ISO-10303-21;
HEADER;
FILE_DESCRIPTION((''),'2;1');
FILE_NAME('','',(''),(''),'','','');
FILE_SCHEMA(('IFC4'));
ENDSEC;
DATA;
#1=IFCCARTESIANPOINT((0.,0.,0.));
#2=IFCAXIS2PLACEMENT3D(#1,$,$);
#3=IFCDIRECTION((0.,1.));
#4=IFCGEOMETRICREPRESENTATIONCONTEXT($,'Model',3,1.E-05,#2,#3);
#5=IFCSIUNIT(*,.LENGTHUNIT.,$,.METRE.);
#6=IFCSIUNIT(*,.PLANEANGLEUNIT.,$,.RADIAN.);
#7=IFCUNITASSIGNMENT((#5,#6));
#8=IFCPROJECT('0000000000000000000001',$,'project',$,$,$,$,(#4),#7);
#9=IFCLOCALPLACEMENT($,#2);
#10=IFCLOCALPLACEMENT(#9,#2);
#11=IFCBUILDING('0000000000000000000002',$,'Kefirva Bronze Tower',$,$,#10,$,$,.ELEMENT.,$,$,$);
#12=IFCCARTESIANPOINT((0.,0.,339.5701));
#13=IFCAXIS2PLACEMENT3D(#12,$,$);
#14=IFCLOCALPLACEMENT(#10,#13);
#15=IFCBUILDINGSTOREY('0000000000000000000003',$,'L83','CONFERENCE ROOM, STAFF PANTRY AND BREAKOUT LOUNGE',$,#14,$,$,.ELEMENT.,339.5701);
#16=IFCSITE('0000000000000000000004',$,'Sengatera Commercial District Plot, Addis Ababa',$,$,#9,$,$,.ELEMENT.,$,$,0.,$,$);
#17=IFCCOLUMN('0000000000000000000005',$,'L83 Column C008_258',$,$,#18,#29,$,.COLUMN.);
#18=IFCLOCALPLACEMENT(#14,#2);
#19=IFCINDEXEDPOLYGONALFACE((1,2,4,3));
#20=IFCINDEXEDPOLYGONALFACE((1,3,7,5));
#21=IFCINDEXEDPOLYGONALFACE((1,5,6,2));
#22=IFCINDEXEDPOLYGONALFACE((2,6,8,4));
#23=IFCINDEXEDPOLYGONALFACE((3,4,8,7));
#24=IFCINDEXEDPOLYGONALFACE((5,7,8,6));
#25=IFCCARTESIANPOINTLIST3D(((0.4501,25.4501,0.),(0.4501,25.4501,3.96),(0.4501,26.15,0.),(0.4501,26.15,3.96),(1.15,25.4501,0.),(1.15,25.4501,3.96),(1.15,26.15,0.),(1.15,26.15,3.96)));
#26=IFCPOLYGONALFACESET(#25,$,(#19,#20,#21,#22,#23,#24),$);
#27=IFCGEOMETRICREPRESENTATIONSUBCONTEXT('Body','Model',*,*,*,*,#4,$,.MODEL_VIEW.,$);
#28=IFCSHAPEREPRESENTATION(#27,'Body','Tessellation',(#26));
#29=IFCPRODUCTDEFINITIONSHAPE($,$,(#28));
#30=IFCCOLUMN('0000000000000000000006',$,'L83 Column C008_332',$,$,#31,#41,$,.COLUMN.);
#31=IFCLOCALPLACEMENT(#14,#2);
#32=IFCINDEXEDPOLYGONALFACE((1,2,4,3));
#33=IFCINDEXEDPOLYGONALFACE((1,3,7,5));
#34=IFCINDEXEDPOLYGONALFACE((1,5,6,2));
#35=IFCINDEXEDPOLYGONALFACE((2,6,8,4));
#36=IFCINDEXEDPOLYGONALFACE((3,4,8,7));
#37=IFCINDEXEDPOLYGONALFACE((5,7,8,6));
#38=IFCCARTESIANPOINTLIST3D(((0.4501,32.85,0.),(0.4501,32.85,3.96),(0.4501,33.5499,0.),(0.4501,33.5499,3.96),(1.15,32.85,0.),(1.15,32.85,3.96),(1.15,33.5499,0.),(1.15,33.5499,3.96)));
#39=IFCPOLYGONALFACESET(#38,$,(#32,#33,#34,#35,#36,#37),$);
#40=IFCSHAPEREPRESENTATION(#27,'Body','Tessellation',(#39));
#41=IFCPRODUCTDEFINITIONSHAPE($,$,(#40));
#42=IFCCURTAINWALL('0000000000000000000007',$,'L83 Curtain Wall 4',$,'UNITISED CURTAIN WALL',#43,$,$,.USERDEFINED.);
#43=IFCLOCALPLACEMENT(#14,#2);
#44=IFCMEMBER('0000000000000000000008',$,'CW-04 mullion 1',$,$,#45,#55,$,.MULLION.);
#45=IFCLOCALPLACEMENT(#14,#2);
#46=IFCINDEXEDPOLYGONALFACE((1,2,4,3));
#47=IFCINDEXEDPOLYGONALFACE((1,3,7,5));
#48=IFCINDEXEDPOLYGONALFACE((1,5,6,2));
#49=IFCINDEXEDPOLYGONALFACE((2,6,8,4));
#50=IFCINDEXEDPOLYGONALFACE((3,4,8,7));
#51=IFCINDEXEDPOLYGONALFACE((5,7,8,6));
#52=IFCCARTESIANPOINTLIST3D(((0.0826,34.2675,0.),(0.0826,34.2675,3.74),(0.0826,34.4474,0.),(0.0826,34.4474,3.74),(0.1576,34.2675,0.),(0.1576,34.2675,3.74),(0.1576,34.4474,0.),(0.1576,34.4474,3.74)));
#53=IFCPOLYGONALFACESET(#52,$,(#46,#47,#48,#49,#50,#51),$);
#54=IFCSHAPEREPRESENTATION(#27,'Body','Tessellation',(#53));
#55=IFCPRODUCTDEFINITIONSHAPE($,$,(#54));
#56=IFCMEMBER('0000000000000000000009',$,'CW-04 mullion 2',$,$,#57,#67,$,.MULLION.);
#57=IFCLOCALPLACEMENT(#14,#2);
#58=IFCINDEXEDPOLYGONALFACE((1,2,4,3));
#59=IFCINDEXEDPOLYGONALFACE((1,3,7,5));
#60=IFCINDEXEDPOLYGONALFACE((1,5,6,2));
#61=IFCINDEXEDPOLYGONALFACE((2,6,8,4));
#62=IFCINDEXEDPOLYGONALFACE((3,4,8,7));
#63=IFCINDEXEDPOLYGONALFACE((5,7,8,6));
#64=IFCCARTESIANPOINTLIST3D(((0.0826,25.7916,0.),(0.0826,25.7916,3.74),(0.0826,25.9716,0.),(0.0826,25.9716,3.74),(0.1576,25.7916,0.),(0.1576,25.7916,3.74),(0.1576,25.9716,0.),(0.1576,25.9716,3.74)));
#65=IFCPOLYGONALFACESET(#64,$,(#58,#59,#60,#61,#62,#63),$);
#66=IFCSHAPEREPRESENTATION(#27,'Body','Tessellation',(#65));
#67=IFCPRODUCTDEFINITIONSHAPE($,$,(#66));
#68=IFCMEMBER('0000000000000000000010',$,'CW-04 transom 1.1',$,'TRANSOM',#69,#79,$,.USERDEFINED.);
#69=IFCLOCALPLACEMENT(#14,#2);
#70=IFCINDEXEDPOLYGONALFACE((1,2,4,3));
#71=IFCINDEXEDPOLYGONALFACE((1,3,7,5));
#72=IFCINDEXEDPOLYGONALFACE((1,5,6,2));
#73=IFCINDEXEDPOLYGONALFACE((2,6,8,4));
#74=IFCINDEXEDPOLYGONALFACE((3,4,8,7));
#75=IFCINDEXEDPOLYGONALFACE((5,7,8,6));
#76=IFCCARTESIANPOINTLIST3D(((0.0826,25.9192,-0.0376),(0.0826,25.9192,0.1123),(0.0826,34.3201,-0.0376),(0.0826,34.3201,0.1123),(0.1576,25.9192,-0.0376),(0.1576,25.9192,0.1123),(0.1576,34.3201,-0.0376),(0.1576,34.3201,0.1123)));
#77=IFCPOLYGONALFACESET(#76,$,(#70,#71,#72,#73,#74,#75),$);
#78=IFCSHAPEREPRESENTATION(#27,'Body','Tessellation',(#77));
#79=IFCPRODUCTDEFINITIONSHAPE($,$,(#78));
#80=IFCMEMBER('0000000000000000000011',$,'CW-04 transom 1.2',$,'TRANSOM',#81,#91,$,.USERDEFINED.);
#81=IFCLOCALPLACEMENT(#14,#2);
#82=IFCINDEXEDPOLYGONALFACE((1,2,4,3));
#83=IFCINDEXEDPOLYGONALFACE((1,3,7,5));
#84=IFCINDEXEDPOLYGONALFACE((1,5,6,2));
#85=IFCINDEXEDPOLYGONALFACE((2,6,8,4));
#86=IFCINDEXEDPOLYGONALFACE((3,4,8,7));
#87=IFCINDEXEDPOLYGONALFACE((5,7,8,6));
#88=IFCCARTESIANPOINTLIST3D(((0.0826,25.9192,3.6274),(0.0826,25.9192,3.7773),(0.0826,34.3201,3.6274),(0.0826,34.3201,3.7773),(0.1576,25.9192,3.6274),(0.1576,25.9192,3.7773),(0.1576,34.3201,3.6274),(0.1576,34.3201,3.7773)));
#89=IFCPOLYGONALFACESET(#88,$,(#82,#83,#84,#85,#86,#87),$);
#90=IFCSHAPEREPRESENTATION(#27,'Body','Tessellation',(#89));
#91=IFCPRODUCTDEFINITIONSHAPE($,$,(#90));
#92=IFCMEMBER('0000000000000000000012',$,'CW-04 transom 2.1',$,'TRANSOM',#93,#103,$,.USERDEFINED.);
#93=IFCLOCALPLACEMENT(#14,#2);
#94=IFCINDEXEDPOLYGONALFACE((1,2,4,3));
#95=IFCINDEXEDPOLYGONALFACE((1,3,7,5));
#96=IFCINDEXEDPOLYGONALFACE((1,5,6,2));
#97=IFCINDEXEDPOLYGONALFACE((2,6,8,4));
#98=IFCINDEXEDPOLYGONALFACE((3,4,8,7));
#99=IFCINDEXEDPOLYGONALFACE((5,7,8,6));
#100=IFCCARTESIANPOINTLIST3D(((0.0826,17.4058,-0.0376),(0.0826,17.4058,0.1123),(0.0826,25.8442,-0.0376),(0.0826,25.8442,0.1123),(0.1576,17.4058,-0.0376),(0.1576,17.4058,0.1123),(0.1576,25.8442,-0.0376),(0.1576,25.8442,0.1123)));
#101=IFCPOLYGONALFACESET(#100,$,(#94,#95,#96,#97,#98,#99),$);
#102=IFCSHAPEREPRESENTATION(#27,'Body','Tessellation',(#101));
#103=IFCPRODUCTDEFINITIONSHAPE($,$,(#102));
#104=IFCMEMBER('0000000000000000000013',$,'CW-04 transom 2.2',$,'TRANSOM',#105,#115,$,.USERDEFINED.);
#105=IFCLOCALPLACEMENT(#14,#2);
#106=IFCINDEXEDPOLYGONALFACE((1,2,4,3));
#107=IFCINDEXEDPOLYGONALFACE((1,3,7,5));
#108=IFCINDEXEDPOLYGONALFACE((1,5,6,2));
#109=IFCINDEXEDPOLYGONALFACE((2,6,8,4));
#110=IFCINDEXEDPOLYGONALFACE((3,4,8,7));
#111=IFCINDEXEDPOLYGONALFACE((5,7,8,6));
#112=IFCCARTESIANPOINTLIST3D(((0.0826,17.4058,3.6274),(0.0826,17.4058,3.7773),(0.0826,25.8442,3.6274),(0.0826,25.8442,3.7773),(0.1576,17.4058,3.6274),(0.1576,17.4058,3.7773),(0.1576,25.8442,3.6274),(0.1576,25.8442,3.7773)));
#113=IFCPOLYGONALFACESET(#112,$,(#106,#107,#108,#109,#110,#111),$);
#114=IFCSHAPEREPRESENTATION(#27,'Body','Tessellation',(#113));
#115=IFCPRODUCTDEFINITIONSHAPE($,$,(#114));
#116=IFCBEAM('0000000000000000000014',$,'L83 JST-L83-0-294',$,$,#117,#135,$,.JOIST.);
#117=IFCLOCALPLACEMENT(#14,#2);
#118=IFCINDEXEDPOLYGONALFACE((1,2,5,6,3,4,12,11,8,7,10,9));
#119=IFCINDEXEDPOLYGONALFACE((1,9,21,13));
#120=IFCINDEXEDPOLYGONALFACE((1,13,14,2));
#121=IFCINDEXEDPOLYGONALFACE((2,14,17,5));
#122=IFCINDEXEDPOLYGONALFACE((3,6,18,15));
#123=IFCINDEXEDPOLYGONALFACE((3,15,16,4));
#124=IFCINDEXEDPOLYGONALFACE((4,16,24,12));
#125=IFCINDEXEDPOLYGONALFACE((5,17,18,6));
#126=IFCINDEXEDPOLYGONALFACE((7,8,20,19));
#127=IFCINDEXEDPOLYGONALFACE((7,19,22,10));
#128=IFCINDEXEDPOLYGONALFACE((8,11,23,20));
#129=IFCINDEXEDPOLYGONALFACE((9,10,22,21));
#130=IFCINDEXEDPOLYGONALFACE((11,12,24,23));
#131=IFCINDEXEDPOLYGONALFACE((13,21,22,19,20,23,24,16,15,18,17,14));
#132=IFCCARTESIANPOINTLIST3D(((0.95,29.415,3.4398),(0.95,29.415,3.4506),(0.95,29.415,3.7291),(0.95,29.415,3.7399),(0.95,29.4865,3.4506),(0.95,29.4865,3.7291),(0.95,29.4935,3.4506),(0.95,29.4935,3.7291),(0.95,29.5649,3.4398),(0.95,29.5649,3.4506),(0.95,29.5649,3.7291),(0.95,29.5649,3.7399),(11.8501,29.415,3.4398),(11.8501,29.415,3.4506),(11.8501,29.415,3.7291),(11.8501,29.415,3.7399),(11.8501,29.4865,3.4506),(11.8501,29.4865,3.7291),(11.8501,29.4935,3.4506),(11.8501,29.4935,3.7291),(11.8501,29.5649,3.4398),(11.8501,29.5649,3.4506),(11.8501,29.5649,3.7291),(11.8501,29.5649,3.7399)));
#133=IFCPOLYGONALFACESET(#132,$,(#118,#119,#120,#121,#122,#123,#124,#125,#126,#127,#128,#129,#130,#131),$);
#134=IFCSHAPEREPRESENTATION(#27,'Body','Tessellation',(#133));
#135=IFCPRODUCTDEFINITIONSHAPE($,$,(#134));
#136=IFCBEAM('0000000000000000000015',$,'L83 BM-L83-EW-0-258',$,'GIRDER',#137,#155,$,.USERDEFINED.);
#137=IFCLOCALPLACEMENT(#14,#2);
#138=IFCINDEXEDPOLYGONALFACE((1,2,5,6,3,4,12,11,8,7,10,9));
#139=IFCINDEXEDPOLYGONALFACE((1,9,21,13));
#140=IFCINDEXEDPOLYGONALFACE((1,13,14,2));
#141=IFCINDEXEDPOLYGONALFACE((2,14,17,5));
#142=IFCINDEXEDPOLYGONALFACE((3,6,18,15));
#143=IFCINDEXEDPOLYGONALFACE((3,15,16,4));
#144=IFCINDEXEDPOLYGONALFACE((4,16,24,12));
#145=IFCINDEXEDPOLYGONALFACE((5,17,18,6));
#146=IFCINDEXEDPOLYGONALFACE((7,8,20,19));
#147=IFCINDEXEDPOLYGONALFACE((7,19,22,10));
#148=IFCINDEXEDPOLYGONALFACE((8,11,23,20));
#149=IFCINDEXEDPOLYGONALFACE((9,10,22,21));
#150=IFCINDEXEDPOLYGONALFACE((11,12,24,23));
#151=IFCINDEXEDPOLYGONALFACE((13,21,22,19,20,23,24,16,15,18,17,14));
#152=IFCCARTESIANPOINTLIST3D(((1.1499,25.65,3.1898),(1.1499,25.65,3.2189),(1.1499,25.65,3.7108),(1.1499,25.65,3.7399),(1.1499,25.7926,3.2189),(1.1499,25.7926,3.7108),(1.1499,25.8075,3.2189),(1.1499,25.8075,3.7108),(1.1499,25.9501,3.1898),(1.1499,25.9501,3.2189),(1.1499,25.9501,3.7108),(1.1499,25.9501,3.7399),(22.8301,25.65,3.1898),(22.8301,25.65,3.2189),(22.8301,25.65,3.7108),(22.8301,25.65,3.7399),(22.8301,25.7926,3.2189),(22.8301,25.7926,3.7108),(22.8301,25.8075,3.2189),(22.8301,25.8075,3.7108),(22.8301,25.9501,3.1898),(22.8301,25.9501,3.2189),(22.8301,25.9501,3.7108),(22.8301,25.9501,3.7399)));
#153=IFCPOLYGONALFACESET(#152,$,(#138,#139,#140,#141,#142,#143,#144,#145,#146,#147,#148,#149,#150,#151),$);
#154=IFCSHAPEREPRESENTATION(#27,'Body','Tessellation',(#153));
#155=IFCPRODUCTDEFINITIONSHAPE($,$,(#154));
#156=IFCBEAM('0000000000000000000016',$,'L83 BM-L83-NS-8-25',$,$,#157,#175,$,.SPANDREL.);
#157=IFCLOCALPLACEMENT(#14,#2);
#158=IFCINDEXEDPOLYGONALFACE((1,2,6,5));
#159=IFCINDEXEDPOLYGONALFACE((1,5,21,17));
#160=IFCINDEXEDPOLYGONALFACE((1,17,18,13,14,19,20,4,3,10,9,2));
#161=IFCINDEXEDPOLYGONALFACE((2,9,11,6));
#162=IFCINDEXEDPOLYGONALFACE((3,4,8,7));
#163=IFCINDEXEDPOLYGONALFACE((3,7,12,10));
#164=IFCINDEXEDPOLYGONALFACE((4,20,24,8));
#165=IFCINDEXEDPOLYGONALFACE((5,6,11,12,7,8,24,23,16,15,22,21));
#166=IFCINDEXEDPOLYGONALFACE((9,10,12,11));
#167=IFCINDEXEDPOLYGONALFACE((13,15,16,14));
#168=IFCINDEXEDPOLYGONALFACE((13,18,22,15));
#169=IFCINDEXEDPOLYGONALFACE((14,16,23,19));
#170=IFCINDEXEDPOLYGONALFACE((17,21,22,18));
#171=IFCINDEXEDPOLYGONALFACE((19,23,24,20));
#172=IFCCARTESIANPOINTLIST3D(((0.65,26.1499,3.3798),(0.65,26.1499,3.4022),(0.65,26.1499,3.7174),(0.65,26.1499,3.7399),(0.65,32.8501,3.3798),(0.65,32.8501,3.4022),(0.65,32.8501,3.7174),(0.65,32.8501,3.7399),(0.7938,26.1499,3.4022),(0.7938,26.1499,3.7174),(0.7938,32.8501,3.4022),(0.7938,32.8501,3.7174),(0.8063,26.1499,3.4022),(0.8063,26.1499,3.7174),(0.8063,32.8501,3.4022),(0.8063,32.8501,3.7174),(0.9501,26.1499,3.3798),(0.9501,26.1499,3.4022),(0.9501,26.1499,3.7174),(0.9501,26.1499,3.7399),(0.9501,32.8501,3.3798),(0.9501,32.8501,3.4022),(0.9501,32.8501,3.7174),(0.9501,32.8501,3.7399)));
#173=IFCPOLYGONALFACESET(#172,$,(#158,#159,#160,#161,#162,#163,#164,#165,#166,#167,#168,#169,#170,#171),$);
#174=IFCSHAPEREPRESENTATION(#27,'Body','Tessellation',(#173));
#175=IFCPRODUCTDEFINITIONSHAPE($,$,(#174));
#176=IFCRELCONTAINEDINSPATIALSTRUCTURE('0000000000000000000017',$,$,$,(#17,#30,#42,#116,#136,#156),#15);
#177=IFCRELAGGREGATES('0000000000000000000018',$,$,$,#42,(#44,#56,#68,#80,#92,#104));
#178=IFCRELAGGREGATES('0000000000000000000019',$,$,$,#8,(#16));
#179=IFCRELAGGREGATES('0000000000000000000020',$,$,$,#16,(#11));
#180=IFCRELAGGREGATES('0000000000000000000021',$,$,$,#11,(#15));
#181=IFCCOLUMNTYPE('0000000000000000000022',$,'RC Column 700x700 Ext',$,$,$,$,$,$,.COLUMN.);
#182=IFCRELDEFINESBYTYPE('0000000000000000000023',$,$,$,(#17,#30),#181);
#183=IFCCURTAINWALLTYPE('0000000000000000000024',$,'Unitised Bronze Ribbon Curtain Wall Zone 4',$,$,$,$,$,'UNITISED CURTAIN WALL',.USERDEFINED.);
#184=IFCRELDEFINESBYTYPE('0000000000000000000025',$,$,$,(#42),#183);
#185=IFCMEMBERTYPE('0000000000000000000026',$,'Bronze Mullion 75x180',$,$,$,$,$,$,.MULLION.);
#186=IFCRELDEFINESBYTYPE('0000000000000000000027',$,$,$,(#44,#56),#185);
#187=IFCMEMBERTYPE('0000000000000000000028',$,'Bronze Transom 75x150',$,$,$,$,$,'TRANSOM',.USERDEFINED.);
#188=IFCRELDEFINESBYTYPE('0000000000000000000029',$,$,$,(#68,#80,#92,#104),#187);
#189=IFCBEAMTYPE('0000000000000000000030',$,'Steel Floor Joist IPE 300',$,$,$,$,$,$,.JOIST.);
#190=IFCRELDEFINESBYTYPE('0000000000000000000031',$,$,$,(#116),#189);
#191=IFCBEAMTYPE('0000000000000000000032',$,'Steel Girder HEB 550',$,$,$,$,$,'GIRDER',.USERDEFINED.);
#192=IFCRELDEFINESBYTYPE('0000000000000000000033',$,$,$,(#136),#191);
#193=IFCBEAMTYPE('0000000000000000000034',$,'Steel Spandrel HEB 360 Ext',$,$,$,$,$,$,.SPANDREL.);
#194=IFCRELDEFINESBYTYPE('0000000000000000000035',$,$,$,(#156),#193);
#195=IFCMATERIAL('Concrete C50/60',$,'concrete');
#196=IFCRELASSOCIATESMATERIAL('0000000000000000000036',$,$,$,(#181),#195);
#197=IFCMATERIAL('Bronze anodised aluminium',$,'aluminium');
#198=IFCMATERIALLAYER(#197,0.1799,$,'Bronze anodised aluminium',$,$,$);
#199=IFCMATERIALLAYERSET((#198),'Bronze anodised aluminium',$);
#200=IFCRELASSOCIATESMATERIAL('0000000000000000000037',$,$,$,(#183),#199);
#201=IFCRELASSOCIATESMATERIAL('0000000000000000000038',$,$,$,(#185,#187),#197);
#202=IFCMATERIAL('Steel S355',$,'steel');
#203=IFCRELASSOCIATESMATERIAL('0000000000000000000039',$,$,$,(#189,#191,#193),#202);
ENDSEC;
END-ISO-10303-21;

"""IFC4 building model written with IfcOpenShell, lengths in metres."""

from ifc_helpers import new_model, si_unit, direction, frame, origin, origin_2d, place, context, subcontext, project, spatial, rectangle, i_section, extrude, material, layer, layer_set, material_profile, profile_set, type_object, element, aggregate, save


model = new_model("IFC4")

# Units and contexts
model_context = context("Model", 3, precision=1e-05, world=origin(), true_north=direction((0.0, 1.0)))
body_context = subcontext(model_context, "Body", "Model", "MODEL_VIEW")
ifc_project = project(units=[si_unit("LENGTHUNIT", "METRE"), si_unit("PLANEANGLEUNIT", "RADIAN")], contexts=[model_context])

# Site, building, storey
site_placement = place(None, origin())
site = spatial("IfcSite", under=ifc_project, at=site_placement, Name="Sengatera Commercial District Plot, Addis Ababa", CompositionType="ELEMENT", RefElevation=0.0)
building_placement = place(site_placement, origin())
building = spatial("IfcBuilding", under=site, at=building_placement, Name="Kefirva Bronze Tower", CompositionType="ELEMENT")
storey_placement = place(building_placement, frame((0.0, 0.0, 339.5701)))
storey = spatial("IfcBuildingStorey", under=building, at=storey_placement, Name="L83", Description="CONFERENCE ROOM, STAFF PANTRY AND BREAKOUT LOUNGE", CompositionType="ELEMENT", Elevation=339.5701)

# Columns
ifc_material_1 = material(Name="Concrete C50/60", Category="concrete")
ifc_material_profile_1 = material_profile(ifc_material_1, rectangle(XDim=0.7, YDim=0.7, at=origin_2d()), Name="RC 700x700")
ifc_profile_set_1 = profile_set([ifc_material_profile_1], Name="Concrete C50/60")
column_type = type_object("IfcColumnType", Name="RC Column 700x700 Ext", PredefinedType="COLUMN", material=ifc_profile_set_1)
for number, where, z_axis, x_axis, name in (
    (1, (0.8, 25.8, 0.0), (0.0, 0.0, 1.0), (1.0, 0.0, 0.0), "L83 Column C008_258"),
    (2, (0.8, 33.2, 0.0), (0.0, 0.0, 1.0), (1.0, 0.0, 0.0), "L83 Column C008_332"),
):
    element("IfcColumn", number, at=place(storey_placement, frame(where, z_axis=z_axis, x_axis=x_axis)), inside=storey, type_object=column_type, Name=name, PredefinedType="COLUMN", context=body_context, shape_type="SweptSolid", body=[
        extrude(rectangle(XDim=0.7, YDim=0.7, at=origin_2d()), origin(), (0.0, 0.0, 1.0), 3.96),
    ])

# Curtain wall, members
ifc_material_2 = material(Name="Bronze anodised aluminium", Category="aluminium")
ifc_layer_1 = layer(ifc_material_2, 0.1799, Name="Bronze anodised aluminium")
ifc_layer_set_1 = layer_set([ifc_layer_1], Name="Bronze anodised aluminium")
curtain_wall_type = type_object("IfcCurtainWallType", Name="Unitised Bronze Ribbon Curtain Wall Zone 4", ElementType="UNITISED CURTAIN WALL", PredefinedType="USERDEFINED", material=ifc_layer_set_1)
curtain_wall_placement = place(storey_placement, origin())
curtain_wall = element("IfcCurtainWall", 3, at=curtain_wall_placement, inside=storey, type_object=curtain_wall_type, Name="L83 Curtain Wall 4", ObjectType="UNITISED CURTAIN WALL", PredefinedType="USERDEFINED")
ifc_material_profile_2 = material_profile(ifc_material_2, rectangle(XDim=0.075, YDim=0.1799, at=origin_2d()), Name="ALU 75x180")
ifc_profile_set_2 = profile_set([ifc_material_profile_2], Name="Bronze anodised aluminium")
member_type_1 = type_object("IfcMemberType", Name="Bronze Mullion 75x180", PredefinedType="MULLION", material=ifc_profile_set_2)
member_1_placement = place(storey_placement, frame((0.1201, 34.3574, 0.0), z_axis=(0.0, 0.0, 1.0), x_axis=(1.0, 0.0, 0.0)))
member_1 = element("IfcMember", 4, at=member_1_placement, type_object=member_type_1, Name="CW-04 mullion 1", PredefinedType="MULLION", context=body_context, shape_type="SweptSolid", body=[
    extrude(rectangle(XDim=0.075, YDim=0.1799, at=origin_2d()), origin(), (0.0, 0.0, 1.0), 3.74),
])
member_2_placement = place(storey_placement, frame((0.1201, 25.8816, 0.0), z_axis=(0.0, 0.0, 1.0), x_axis=(1.0, 0.0, 0.0)))
member_2 = element("IfcMember", 5, at=member_2_placement, type_object=member_type_1, Name="CW-04 mullion 2", PredefinedType="MULLION", context=body_context, shape_type="SweptSolid", body=[
    extrude(rectangle(XDim=0.075, YDim=0.1799, at=origin_2d()), origin(), (0.0, 0.0, 1.0), 3.74),
])
ifc_material_profile_3 = material_profile(ifc_material_2, rectangle(XDim=0.075, YDim=0.1499, at=origin_2d()), Name="ALU 75x150")
ifc_profile_set_3 = profile_set([ifc_material_profile_3], Name="Bronze anodised aluminium")
member_type_2 = type_object("IfcMemberType", Name="Bronze Transom 75x150", ElementType="TRANSOM", PredefinedType="USERDEFINED", material=ifc_profile_set_3)
member_3_placement = place(storey_placement, frame((0.1201, 34.3201, 0.0374), z_axis=(0.0, -1.0, 0.0), x_axis=(1.0, 0.0, 0.0)))
member_3 = element("IfcMember", 6, at=member_3_placement, type_object=member_type_2, Name="CW-04 transom 1.1", ObjectType="TRANSOM", PredefinedType="USERDEFINED", context=body_context, shape_type="SweptSolid", body=[
    extrude(rectangle(XDim=0.075, YDim=0.1499, at=origin_2d()), origin(), (0.0, 0.0, 1.0), 8.4009),
])
member_4_placement = place(storey_placement, frame((0.1201, 34.3201, 3.7024), z_axis=(0.0, -1.0, 0.0), x_axis=(1.0, 0.0, 0.0)))
member_4 = element("IfcMember", 7, at=member_4_placement, type_object=member_type_2, Name="CW-04 transom 1.2", ObjectType="TRANSOM", PredefinedType="USERDEFINED", context=body_context, shape_type="SweptSolid", body=[
    extrude(rectangle(XDim=0.075, YDim=0.1499, at=origin_2d()), origin(), (0.0, 0.0, 1.0), 8.4009),
])
member_5_placement = place(storey_placement, frame((0.1201, 25.8442, 0.0374), z_axis=(0.0, -1.0, 0.0), x_axis=(1.0, 0.0, 0.0)))
member_5 = element("IfcMember", 8, at=member_5_placement, type_object=member_type_2, Name="CW-04 transom 2.1", ObjectType="TRANSOM", PredefinedType="USERDEFINED", context=body_context, shape_type="SweptSolid", body=[
    extrude(rectangle(XDim=0.075, YDim=0.1499, at=origin_2d()), origin(), (0.0, 0.0, 1.0), 8.4385),
])
member_6_placement = place(storey_placement, frame((0.1201, 25.8442, 3.7024), z_axis=(0.0, -1.0, 0.0), x_axis=(1.0, 0.0, 0.0)))
member_6 = element("IfcMember", 9, at=member_6_placement, type_object=member_type_2, Name="CW-04 transom 2.2", ObjectType="TRANSOM", PredefinedType="USERDEFINED", context=body_context, shape_type="SweptSolid", body=[
    extrude(rectangle(XDim=0.075, YDim=0.1499, at=origin_2d()), origin(), (0.0, 0.0, 1.0), 8.4385),
])

# Beams
ifc_material_3 = material(Name="Steel S355", Category="steel")
ifc_material_profile_4 = material_profile(ifc_material_3, i_section(OverallWidth=0.1499, OverallDepth=0.3, WebThickness=0.0071, FlangeThickness=0.0107, at=origin_2d()), Name="IPE 300")
ifc_profile_set_4 = profile_set([ifc_material_profile_4], Name="Steel S355")
beam_type_1 = type_object("IfcBeamType", Name="Steel Floor Joist IPE 300", PredefinedType="JOIST", material=ifc_profile_set_4)
beam_1_placement = place(storey_placement, frame((0.95, 29.49, 3.5898), z_axis=(1.0, 0.0, 0.0), x_axis=(0.0, 1.0, 0.0)))
element("IfcBeam", 10, at=beam_1_placement, inside=storey, type_object=beam_type_1, Name="L83 JST-L83-0-294", PredefinedType="JOIST", context=body_context, shape_type="SweptSolid", body=[
    extrude(i_section(OverallWidth=0.1499, OverallDepth=0.3, WebThickness=0.0071, FlangeThickness=0.0107, at=origin_2d()), origin(), (0.0, 0.0, 1.0), 10.9001),
])
ifc_material_profile_5 = material_profile(ifc_material_3, i_section(OverallWidth=0.3, OverallDepth=0.55, WebThickness=0.0149, FlangeThickness=0.0291, at=origin_2d()), Name="HEB 550")
ifc_profile_set_5 = profile_set([ifc_material_profile_5], Name="Steel S355")
beam_type_2 = type_object("IfcBeamType", Name="Steel Girder HEB 550", ElementType="GIRDER", PredefinedType="USERDEFINED", material=ifc_profile_set_5)
beam_2_placement = place(storey_placement, frame((1.1499, 25.8, 3.4648), z_axis=(1.0, 0.0, 0.0), x_axis=(0.0, 1.0, 0.0)))
element("IfcBeam", 11, at=beam_2_placement, inside=storey, type_object=beam_type_2, Name="L83 BM-L83-EW-0-258", ObjectType="GIRDER", PredefinedType="USERDEFINED", context=body_context, shape_type="SweptSolid", body=[
    extrude(i_section(OverallWidth=0.3, OverallDepth=0.55, WebThickness=0.0149, FlangeThickness=0.0291, at=origin_2d()), origin(), (0.0, 0.0, 1.0), 21.6802),
])
ifc_material_profile_6 = material_profile(ifc_material_3, i_section(OverallWidth=0.3, OverallDepth=0.3601, WebThickness=0.0125, FlangeThickness=0.0225, at=origin_2d()), Name="HEB 360")
ifc_profile_set_6 = profile_set([ifc_material_profile_6], Name="Steel S355")
beam_type_3 = type_object("IfcBeamType", Name="Steel Spandrel HEB 360 Ext", PredefinedType="SPANDREL", material=ifc_profile_set_6)
beam_3_placement = place(storey_placement, frame((0.8, 26.1499, 3.5598), z_axis=(0.0, 1.0, 0.0), x_axis=(-1.0, 0.0, 0.0)))
element("IfcBeam", 12, at=beam_3_placement, inside=storey, type_object=beam_type_3, Name="L83 BM-L83-NS-8-25", PredefinedType="SPANDREL", context=body_context, shape_type="SweptSolid", body=[
    extrude(i_section(OverallWidth=0.3, OverallDepth=0.3601, WebThickness=0.0125, FlangeThickness=0.0225, at=origin_2d()), origin(), (0.0, 0.0, 1.0), 6.7002),
])

aggregate(curtain_wall, [member_1, member_2, member_3, member_4, member_5, member_6])

save(model, "model.ifc")
